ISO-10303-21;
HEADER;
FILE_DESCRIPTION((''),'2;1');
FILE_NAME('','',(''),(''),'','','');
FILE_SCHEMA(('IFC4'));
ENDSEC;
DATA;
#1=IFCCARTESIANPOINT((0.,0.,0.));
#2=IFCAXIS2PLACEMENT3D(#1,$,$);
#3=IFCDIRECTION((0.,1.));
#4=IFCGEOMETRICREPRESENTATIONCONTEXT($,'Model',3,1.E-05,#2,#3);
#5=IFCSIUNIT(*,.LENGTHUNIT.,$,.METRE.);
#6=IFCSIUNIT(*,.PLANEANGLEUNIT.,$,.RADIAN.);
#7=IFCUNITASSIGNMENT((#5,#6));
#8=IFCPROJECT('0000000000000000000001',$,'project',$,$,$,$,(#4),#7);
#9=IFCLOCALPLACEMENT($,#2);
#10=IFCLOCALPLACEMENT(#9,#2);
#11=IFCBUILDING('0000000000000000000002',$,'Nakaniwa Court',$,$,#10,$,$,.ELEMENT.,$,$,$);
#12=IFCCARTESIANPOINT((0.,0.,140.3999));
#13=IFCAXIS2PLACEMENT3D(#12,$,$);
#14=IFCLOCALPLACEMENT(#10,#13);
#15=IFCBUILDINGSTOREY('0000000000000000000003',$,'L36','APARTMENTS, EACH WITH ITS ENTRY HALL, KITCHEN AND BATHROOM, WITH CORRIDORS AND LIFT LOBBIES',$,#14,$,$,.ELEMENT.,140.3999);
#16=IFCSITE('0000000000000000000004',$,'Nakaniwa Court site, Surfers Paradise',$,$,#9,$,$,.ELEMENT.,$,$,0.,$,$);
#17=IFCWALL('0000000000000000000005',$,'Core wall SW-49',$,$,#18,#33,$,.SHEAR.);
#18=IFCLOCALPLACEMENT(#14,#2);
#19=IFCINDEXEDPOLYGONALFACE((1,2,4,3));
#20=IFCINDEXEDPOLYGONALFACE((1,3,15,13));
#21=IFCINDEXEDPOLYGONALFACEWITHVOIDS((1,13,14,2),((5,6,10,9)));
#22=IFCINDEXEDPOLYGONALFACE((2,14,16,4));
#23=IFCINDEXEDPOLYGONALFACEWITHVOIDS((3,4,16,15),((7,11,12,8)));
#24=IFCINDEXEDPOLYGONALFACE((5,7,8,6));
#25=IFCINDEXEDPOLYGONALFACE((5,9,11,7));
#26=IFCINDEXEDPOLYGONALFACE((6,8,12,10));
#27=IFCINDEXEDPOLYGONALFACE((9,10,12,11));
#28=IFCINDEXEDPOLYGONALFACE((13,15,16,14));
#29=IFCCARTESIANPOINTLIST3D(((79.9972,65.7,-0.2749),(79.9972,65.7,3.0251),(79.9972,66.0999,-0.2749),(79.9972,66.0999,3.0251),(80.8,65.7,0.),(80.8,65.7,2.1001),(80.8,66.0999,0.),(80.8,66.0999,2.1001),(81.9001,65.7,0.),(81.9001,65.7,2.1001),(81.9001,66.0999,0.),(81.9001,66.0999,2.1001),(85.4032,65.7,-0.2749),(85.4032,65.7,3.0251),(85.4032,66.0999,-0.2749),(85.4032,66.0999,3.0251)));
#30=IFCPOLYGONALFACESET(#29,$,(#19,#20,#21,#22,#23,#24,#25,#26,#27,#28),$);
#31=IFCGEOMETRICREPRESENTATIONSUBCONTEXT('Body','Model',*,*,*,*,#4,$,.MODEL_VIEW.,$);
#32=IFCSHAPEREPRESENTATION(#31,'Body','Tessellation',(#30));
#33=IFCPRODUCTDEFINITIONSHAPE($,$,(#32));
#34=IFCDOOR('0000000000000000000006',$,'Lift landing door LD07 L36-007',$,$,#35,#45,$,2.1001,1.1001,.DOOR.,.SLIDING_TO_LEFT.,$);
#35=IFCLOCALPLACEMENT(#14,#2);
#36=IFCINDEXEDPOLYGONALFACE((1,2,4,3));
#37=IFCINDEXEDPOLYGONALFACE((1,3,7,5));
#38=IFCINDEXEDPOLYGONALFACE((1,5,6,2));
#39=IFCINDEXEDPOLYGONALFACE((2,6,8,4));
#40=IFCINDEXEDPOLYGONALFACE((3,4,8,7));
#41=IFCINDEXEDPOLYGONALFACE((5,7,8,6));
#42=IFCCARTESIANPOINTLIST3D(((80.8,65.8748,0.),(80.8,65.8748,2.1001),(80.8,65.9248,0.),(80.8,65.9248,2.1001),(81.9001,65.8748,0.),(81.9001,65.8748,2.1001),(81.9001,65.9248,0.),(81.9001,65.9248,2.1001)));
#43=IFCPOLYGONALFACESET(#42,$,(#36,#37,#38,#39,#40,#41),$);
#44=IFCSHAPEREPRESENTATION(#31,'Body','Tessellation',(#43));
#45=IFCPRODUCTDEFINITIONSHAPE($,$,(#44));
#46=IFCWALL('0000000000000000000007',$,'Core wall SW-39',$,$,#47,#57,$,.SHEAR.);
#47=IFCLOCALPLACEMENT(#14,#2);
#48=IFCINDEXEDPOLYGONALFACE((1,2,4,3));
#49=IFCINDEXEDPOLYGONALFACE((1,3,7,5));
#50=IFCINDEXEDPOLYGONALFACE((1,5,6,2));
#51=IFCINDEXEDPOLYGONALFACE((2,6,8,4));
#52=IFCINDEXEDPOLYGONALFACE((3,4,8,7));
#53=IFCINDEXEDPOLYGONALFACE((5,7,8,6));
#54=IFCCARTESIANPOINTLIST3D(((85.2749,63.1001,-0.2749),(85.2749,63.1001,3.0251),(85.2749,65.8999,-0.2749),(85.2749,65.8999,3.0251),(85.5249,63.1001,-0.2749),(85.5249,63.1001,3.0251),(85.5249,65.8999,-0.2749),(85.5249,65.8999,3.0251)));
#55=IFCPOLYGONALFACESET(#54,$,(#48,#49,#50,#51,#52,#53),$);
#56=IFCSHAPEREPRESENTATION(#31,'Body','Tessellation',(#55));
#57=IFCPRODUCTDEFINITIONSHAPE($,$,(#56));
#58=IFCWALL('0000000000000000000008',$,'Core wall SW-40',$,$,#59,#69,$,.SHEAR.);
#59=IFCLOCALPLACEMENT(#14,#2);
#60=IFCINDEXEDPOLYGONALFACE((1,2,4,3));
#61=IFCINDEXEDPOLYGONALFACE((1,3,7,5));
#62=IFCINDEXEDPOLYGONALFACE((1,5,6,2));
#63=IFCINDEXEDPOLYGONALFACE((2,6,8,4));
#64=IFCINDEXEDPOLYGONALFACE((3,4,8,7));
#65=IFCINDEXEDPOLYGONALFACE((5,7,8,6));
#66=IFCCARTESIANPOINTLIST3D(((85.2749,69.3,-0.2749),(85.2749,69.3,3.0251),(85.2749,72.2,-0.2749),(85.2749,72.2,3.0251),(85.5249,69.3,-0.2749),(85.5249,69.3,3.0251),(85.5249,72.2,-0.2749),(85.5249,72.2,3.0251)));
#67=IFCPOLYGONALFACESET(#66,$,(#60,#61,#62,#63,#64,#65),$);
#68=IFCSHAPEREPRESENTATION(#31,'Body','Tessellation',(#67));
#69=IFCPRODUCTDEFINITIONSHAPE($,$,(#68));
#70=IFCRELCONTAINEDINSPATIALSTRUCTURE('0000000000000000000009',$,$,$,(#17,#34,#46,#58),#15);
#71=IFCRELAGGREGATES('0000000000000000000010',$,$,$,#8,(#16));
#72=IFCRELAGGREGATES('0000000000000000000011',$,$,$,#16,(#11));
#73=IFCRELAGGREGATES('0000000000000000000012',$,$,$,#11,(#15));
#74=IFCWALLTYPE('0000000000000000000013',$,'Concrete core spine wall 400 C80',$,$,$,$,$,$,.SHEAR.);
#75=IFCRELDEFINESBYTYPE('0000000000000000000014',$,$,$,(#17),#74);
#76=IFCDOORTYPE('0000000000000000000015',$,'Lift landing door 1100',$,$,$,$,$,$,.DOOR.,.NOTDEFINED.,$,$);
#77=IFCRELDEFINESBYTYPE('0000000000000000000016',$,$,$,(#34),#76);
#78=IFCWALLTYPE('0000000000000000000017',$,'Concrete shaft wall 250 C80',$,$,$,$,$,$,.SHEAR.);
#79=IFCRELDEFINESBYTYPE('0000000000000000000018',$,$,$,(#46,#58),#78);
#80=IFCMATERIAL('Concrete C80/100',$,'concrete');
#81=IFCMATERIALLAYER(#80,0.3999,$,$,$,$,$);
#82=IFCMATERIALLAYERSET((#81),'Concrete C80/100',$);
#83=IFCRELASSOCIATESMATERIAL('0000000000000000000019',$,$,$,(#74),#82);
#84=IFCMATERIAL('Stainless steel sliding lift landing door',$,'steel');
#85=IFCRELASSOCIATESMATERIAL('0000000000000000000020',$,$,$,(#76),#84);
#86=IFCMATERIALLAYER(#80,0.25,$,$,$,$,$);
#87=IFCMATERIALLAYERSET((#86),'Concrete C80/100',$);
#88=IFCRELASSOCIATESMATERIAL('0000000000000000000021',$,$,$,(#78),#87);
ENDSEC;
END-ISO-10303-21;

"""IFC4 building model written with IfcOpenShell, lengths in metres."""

from ifc_helpers import new_model, si_unit, direction, frame, frame_2d, origin, place, context, subcontext, project, spatial, rectangle, extrude, material, layer, layer_set, type_object, element, fill, save


model = new_model("IFC4")

# Units and contexts
model_context = context("Model", 3, precision=1e-05, world=origin(), true_north=direction((0.0, 1.0)))
body_context = subcontext(model_context, "Body", "Model", "MODEL_VIEW")
ifc_project = project(units=[si_unit("LENGTHUNIT", "METRE"), si_unit("PLANEANGLEUNIT", "RADIAN")], contexts=[model_context])

# Site, building, storey
site_placement = place(None, origin())
site = spatial("IfcSite", under=ifc_project, at=site_placement, Name="Nakaniwa Court site, Surfers Paradise", CompositionType="ELEMENT", RefElevation=0.0)
building_placement = place(site_placement, origin())
building = spatial("IfcBuilding", under=site, at=building_placement, Name="Nakaniwa Court", CompositionType="ELEMENT")
storey_placement = place(building_placement, frame((0.0, 0.0, 140.3999)))
storey = spatial("IfcBuildingStorey", under=building, at=storey_placement, Name="L36", Description="APARTMENTS, EACH WITH ITS ENTRY HALL, KITCHEN AND BATHROOM, WITH CORRIDORS AND LIFT LOBBIES", CompositionType="ELEMENT", Elevation=140.3999)

# Wall, opening, door
ifc_material_1 = material(Name="Concrete C80/100", Category="concrete")
ifc_layer_1 = layer(ifc_material_1, 0.3999)
ifc_layer_set_1 = layer_set([ifc_layer_1], Name="Concrete C80/100")
wall_type_1 = type_object("IfcWallType", Name="Concrete core spine wall 400 C80", PredefinedType="SHEAR", material=ifc_layer_set_1)
ifc_material_2 = material(Name="Stainless steel sliding lift landing door", Category="steel")
door_type_1 = type_object("IfcDoorType", Name="Lift landing door 1100", OperationType="NOTDEFINED", PredefinedType="DOOR", material=ifc_material_2)
wall_1_placement = place(storey_placement, frame((79.9971, 65.8999, -0.2749), z_axis=(0.0, 0.0, 1.0), x_axis=(1.0, 0.0, 0.0)))
wall_1 = element("IfcWall", 1, at=wall_1_placement, inside=storey, type_object=wall_type_1, Name="Core wall SW-49", PredefinedType="SHEAR", context=body_context, shape_type="SweptSolid", body=[
    extrude(rectangle(XDim=5.406, YDim=0.3999, at=frame_2d((2.7031, 0.0))), origin(), (0.0, 0.0, 1.0), 3.3),
])
opening_1_placement = place(wall_1_placement, frame((0.803, 0.0, 0.2749)))
opening_1 = element("IfcOpeningElement", 2, at=opening_1_placement, cuts=wall_1, PredefinedType="OPENING", context=body_context, shape_type="SweptSolid", body=[
    extrude(rectangle(XDim=1.1001, YDim=2.1001, at=frame_2d((0.55, 1.05))), frame((0.0, 0.21, 0.0), z_axis=(0.0, -1.0, 0.0), x_axis=(1.0, 0.0, 0.0)), (0.0, 0.0, 1.0), 0.4199),
])
door_1_placement = place(opening_1_placement, origin())
door_1 = element("IfcDoor", 3, at=door_1_placement, inside=storey, type_object=door_type_1, Name="Lift landing door LD07 L36-007", OperationType="SLIDING_TO_LEFT", OverallHeight=2.1001, OverallWidth=1.1001, PredefinedType="DOOR", context=body_context, shape_type="SweptSolid", body=[
    extrude(rectangle(XDim=1.1001, YDim=2.1001, at=frame_2d((0.55, 1.05))), frame((0.0, 0.0249, 0.0), z_axis=(0.0, -1.0, 0.0), x_axis=(1.0, 0.0, 0.0)), (0.0, 0.0, 1.0), 0.05),
])
fill(opening_1, door_1)

# Walls
ifc_layer_2 = layer(ifc_material_1, 0.25)
ifc_layer_set_2 = layer_set([ifc_layer_2], Name="Concrete C80/100")
wall_type_2 = type_object("IfcWallType", Name="Concrete shaft wall 250 C80", PredefinedType="SHEAR", material=ifc_layer_set_2)
wall_2_placement = place(storey_placement, frame((85.3999, 63.1001, -0.2749), z_axis=(0.0, 0.0, 1.0), x_axis=(0.0, 1.0, 0.0)))
element("IfcWall", 4, at=wall_2_placement, inside=storey, type_object=wall_type_2, Name="Core wall SW-39", PredefinedType="SHEAR", context=body_context, shape_type="SweptSolid", body=[
    extrude(rectangle(XDim=2.7998, YDim=0.25, at=frame_2d((1.3999, 0.0))), origin(), (0.0, 0.0, 1.0), 3.3),
])
wall_3_placement = place(storey_placement, frame((85.3999, 69.3, -0.2749), z_axis=(0.0, 0.0, 1.0), x_axis=(0.0, 1.0, 0.0)))
element("IfcWall", 5, at=wall_3_placement, inside=storey, type_object=wall_type_2, Name="Core wall SW-40", PredefinedType="SHEAR", context=body_context, shape_type="SweptSolid", body=[
    extrude(rectangle(XDim=2.8999, YDim=0.25, at=frame_2d((1.45, 0.0))), origin(), (0.0, 0.0, 1.0), 3.3),
])

save(model, "model.ifc")
